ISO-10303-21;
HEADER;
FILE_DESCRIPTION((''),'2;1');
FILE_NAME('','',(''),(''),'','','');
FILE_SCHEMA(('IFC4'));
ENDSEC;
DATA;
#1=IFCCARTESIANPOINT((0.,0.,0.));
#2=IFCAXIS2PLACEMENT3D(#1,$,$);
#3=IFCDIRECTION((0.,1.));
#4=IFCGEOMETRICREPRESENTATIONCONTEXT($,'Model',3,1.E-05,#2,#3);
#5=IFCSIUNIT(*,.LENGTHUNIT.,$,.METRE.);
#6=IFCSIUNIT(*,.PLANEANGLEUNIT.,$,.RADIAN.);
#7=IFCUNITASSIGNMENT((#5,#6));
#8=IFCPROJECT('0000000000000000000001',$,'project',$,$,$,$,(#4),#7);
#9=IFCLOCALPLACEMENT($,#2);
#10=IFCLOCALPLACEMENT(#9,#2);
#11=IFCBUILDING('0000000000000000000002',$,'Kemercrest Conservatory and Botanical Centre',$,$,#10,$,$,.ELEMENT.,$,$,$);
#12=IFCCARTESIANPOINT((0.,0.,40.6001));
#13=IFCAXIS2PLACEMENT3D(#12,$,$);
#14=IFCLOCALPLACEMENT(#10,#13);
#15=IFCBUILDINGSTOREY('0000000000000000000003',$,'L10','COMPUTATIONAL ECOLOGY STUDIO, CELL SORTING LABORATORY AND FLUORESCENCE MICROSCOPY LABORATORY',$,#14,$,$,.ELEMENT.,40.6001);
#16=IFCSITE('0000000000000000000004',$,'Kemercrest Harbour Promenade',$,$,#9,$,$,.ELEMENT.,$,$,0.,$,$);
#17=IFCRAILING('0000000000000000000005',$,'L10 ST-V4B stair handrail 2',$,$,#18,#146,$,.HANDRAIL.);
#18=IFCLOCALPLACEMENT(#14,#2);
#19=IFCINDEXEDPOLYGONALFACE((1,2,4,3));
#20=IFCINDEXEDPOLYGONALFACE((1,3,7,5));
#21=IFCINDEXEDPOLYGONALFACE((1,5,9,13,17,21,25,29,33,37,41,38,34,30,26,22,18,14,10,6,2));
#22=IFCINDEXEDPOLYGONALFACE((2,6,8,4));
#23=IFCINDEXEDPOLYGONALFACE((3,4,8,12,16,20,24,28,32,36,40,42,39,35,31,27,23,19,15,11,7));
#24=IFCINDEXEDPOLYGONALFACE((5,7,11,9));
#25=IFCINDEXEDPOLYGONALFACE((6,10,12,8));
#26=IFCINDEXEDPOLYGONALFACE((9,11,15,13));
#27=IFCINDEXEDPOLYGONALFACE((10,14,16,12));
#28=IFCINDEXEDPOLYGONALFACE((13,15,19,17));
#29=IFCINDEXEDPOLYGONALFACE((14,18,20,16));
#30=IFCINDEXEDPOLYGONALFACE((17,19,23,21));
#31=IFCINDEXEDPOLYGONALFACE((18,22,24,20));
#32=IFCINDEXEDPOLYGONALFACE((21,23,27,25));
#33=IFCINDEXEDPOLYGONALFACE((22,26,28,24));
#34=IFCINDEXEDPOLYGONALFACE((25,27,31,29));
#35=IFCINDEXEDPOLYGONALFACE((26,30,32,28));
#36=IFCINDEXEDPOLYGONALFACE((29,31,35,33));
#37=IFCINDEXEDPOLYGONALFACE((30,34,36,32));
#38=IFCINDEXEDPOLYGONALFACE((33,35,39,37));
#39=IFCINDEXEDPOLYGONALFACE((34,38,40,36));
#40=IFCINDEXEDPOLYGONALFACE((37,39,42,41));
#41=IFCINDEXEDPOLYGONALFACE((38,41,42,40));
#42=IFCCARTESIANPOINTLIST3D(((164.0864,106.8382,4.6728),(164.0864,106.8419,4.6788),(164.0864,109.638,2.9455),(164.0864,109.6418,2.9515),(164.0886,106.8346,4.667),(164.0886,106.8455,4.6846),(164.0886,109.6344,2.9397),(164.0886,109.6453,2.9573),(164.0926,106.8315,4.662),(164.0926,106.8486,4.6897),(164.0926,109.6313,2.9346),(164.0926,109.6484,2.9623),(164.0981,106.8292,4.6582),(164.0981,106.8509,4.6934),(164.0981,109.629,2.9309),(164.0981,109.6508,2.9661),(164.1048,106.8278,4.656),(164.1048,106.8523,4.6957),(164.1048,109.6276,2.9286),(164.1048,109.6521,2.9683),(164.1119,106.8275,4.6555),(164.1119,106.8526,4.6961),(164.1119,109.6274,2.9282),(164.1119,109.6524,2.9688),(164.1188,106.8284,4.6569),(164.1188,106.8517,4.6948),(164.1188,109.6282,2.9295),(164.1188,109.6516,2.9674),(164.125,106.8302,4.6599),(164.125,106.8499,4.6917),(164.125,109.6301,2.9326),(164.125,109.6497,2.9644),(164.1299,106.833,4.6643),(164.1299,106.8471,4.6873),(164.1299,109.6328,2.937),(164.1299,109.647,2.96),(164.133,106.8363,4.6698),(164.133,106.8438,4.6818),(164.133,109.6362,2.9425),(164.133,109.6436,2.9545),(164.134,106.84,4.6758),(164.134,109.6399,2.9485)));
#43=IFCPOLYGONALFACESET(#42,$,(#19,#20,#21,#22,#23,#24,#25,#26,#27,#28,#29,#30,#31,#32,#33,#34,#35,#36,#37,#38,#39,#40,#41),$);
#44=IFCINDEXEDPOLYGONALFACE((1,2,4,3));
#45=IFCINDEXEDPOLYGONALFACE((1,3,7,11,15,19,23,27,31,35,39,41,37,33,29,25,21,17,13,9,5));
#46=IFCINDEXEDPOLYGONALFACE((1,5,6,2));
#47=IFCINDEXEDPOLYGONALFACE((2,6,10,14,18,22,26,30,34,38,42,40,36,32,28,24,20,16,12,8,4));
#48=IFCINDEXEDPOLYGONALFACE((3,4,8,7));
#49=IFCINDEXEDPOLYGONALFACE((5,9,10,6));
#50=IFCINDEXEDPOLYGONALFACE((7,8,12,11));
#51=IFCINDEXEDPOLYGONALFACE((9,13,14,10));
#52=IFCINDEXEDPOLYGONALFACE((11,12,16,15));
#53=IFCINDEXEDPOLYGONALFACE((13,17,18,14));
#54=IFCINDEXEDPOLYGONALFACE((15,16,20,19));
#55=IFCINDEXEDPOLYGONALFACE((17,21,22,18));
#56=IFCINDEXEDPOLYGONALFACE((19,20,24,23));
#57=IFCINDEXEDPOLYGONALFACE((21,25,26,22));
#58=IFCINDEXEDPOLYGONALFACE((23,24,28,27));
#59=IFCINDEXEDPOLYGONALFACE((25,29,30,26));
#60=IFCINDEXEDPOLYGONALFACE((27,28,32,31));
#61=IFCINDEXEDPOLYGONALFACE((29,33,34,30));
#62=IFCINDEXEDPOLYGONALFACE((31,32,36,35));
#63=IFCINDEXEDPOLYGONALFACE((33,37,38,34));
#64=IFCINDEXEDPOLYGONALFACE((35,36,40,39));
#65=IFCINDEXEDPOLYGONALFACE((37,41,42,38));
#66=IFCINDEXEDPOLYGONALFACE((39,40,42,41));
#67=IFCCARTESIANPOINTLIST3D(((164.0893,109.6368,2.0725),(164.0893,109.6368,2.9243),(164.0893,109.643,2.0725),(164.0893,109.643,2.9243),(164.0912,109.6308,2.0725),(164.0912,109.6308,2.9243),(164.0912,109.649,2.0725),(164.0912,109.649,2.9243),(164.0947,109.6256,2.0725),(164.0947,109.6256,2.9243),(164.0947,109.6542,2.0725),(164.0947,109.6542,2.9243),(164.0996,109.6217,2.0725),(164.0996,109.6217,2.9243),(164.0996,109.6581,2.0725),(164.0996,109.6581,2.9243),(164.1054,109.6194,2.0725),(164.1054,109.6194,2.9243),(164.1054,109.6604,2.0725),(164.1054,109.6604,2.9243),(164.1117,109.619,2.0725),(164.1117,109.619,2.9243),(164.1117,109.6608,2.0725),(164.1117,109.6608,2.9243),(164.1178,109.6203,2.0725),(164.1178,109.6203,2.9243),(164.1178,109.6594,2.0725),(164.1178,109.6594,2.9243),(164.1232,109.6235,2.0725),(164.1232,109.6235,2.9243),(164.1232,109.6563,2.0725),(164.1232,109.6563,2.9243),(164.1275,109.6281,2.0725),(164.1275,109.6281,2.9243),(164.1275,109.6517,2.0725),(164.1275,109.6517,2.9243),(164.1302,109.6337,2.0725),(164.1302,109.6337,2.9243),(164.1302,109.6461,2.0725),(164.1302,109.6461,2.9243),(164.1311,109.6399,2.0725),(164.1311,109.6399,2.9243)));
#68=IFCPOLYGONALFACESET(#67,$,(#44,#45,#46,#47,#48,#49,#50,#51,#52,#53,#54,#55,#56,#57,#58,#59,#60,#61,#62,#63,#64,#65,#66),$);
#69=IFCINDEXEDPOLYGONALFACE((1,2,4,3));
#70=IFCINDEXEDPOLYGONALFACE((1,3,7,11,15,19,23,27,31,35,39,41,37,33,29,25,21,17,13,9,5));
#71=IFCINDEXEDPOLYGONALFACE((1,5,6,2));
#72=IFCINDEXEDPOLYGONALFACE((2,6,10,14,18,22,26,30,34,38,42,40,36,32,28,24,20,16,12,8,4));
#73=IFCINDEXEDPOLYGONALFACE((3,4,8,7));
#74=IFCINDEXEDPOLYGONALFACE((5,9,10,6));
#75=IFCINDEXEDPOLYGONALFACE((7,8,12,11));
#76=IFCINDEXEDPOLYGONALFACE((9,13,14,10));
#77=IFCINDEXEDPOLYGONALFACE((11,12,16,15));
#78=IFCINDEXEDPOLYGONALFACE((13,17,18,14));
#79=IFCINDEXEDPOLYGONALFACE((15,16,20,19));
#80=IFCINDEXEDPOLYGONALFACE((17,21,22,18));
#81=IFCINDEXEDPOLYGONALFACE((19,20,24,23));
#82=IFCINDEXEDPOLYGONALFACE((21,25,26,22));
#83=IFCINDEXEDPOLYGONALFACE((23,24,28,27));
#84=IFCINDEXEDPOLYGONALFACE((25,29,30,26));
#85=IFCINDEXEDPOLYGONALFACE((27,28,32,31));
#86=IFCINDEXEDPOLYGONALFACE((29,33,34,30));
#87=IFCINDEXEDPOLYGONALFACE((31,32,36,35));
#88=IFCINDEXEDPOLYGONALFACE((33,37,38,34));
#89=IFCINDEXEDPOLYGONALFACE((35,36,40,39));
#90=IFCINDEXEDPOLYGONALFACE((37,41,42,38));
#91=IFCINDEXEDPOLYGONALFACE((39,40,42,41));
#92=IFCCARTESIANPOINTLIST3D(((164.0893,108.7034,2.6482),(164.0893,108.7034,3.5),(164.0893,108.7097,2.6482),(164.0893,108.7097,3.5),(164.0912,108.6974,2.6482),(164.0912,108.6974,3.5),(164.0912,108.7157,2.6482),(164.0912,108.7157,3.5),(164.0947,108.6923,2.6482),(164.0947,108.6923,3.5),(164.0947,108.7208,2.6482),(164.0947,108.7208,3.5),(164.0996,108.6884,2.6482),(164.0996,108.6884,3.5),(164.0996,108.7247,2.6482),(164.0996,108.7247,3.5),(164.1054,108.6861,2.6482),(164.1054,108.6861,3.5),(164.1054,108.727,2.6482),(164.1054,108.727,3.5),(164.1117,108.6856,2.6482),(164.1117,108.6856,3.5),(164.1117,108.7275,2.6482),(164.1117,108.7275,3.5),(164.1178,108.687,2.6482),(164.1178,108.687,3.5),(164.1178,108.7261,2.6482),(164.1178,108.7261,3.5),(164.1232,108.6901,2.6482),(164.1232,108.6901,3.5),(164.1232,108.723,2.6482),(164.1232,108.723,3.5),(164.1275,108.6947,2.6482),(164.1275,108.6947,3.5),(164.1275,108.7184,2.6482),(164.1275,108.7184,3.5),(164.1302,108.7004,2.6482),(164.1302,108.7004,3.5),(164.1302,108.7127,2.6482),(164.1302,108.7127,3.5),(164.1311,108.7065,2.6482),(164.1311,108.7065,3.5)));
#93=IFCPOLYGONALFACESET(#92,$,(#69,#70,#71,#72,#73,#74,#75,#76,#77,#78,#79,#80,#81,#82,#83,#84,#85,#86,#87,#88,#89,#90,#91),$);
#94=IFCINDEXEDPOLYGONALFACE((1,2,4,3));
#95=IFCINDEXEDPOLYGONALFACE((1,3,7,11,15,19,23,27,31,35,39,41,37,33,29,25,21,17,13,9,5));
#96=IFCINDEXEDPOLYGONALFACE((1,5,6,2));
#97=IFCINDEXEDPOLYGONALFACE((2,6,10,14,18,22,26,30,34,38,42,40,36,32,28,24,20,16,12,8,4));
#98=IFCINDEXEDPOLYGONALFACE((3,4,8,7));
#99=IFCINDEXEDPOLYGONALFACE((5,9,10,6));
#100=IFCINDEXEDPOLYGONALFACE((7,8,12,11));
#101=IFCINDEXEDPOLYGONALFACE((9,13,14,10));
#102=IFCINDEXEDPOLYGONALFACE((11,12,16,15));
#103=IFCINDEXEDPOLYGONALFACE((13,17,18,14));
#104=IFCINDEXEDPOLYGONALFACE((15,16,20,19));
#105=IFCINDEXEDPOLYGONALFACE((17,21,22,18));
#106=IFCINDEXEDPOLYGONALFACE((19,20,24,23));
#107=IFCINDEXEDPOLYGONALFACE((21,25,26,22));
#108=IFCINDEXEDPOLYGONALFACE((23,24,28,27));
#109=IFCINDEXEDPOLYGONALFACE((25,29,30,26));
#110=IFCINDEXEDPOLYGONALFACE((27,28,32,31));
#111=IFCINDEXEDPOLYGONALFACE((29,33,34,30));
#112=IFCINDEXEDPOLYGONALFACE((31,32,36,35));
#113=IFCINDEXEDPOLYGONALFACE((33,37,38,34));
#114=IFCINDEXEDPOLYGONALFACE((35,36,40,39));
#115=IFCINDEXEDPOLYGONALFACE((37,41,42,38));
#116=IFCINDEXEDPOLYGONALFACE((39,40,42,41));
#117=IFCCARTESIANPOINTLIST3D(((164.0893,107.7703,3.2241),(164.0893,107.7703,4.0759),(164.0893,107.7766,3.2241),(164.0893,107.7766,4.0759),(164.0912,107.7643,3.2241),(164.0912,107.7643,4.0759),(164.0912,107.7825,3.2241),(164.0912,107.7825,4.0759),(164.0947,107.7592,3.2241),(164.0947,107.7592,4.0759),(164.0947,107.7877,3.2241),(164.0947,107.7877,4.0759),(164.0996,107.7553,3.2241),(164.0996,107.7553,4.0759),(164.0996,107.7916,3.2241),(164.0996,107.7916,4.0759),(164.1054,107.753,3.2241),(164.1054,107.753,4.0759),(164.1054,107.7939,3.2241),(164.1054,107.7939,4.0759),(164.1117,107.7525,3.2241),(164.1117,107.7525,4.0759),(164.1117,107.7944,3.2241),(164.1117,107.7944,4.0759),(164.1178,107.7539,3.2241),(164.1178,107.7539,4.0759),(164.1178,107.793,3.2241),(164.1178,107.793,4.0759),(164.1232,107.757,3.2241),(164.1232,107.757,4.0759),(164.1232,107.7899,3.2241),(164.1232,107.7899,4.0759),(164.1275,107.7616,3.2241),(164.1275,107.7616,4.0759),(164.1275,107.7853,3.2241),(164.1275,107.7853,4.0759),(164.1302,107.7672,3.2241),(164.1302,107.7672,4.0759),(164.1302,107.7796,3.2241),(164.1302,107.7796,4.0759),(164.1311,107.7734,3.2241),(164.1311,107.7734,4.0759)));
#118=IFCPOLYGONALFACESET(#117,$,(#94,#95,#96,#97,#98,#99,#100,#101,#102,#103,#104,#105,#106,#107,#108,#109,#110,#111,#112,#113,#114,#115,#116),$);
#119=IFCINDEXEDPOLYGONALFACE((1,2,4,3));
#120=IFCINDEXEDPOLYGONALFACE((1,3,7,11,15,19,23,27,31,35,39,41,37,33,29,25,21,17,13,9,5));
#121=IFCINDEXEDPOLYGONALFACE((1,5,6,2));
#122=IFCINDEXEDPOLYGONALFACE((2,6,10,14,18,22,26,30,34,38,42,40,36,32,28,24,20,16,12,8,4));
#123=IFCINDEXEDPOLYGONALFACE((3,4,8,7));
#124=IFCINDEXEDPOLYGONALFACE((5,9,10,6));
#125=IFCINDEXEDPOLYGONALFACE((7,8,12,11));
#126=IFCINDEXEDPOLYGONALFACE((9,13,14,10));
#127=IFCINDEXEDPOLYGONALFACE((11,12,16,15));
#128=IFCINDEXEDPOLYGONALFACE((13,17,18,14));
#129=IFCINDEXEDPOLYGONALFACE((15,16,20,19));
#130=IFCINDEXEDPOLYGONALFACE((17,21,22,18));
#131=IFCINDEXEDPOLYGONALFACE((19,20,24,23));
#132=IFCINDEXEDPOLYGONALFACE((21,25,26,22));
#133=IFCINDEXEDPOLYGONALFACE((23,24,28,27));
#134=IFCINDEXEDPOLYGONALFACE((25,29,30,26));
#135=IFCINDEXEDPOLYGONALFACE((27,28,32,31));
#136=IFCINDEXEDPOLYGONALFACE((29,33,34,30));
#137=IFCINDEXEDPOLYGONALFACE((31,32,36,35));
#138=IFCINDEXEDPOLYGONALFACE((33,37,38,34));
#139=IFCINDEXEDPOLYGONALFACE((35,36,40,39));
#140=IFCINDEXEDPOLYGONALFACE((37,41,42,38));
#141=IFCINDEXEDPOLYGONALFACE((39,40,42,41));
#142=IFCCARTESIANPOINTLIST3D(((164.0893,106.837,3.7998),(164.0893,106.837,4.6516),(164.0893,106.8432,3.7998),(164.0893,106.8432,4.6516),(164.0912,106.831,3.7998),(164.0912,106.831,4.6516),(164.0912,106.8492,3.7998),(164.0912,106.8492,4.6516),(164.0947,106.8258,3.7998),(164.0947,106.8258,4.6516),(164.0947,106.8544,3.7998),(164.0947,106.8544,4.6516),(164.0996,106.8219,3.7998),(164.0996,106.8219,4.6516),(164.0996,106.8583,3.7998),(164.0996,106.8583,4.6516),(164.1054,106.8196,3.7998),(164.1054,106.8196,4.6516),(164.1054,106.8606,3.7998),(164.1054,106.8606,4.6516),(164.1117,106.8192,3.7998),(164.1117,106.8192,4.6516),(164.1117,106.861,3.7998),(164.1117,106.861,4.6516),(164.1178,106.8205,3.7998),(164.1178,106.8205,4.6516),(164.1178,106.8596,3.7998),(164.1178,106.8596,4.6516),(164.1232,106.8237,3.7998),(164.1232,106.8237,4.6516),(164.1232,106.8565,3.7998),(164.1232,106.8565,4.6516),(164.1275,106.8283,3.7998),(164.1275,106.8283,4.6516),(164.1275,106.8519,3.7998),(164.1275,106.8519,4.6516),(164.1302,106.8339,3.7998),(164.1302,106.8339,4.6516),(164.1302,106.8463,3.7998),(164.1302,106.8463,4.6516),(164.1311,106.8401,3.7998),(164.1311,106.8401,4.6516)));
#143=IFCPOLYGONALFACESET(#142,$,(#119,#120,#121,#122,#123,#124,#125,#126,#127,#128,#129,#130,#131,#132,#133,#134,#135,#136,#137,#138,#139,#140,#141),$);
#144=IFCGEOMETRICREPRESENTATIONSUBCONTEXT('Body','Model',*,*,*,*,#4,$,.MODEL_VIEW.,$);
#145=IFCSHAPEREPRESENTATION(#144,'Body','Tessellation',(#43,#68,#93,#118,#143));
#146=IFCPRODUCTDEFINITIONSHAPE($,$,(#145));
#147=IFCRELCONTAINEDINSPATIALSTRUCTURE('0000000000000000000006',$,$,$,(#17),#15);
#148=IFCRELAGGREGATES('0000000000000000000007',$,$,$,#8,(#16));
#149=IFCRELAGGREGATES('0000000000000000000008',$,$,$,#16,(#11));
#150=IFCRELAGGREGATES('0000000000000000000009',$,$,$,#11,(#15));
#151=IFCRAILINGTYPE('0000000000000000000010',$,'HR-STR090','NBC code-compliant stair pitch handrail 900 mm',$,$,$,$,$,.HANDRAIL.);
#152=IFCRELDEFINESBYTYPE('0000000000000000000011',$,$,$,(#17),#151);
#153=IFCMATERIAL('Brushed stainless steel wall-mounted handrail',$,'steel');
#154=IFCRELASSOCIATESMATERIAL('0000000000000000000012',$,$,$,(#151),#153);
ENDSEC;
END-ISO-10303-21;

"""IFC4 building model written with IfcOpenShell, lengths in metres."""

from ifc_helpers import new_model, si_unit, direction, frame, origin, origin_2d, place, context, subcontext, project, spatial, circle, extrude, material, type_object, element, save


model = new_model("IFC4")

# Units and contexts
model_context = context("Model", 3, precision=1e-05, world=origin(), true_north=direction((0.0, 1.0)))
body_context = subcontext(model_context, "Body", "Model", "MODEL_VIEW")
ifc_project = project(units=[si_unit("LENGTHUNIT", "METRE"), si_unit("PLANEANGLEUNIT", "RADIAN")], contexts=[model_context])

# Site, building, storey
site_placement = place(None, origin())
site = spatial("IfcSite", under=ifc_project, at=site_placement, Name="Kemercrest Harbour Promenade", CompositionType="ELEMENT", RefElevation=0.0)
building_placement = place(site_placement, origin())
building = spatial("IfcBuilding", under=site, at=building_placement, Name="Kemercrest Conservatory and Botanical Centre", CompositionType="ELEMENT")
storey_placement = place(building_placement, frame((0.0, 0.0, 40.6001)))
storey = spatial("IfcBuildingStorey", under=building, at=storey_placement, Name="L10", Description="COMPUTATIONAL ECOLOGY STUDIO, CELL SORTING LABORATORY AND FLUORESCENCE MICROSCOPY LABORATORY", CompositionType="ELEMENT", Elevation=40.6001)

# Railing
ifc_material_1 = material(Name="Brushed stainless steel wall-mounted handrail", Category="steel")
railing_type_1 = type_object("IfcRailingType", Name="HR-STR090", Description="NBC code-compliant stair pitch handrail 900 mm", PredefinedType="HANDRAIL", material=ifc_material_1)
for number, where, name in (
    (1, (164.1101, 109.6399, 2.0725), "L10 ST-V4B stair handrail 2"),
):
    element("IfcRailing", number, at=place(storey_placement, frame(where)), inside=storey, type_object=railing_type_1, Name=name, PredefinedType="HANDRAIL", context=body_context, shape_type="SweptSolid", body=[
        extrude(circle(Radius=0.0239, at=origin_2d()), frame((0.0, 0.0, 0.876), z_axis=(0.0, -0.851069, 0.525054), x_axis=(1.0, 0.0, 0.0)), (0.0, 0.0, 1.0), 3.2898),
        extrude(circle(Radius=0.021, at=origin_2d()), origin(), (0.0, 0.0, 1.0), 0.8518),
        extrude(circle(Radius=0.021, at=origin_2d()), frame((0.0, -0.9333, 0.5757)), (0.0, 0.0, 1.0), 0.8518),
        extrude(circle(Radius=0.021, at=origin_2d()), frame((0.0, -1.8665, 1.1516)), (0.0, 0.0, 1.0), 0.8518),
        extrude(circle(Radius=0.021, at=origin_2d()), frame((0.0, -2.7998, 1.7273)), (0.0, 0.0, 1.0), 0.8518),
    ])

save(model, "model.ifc")
